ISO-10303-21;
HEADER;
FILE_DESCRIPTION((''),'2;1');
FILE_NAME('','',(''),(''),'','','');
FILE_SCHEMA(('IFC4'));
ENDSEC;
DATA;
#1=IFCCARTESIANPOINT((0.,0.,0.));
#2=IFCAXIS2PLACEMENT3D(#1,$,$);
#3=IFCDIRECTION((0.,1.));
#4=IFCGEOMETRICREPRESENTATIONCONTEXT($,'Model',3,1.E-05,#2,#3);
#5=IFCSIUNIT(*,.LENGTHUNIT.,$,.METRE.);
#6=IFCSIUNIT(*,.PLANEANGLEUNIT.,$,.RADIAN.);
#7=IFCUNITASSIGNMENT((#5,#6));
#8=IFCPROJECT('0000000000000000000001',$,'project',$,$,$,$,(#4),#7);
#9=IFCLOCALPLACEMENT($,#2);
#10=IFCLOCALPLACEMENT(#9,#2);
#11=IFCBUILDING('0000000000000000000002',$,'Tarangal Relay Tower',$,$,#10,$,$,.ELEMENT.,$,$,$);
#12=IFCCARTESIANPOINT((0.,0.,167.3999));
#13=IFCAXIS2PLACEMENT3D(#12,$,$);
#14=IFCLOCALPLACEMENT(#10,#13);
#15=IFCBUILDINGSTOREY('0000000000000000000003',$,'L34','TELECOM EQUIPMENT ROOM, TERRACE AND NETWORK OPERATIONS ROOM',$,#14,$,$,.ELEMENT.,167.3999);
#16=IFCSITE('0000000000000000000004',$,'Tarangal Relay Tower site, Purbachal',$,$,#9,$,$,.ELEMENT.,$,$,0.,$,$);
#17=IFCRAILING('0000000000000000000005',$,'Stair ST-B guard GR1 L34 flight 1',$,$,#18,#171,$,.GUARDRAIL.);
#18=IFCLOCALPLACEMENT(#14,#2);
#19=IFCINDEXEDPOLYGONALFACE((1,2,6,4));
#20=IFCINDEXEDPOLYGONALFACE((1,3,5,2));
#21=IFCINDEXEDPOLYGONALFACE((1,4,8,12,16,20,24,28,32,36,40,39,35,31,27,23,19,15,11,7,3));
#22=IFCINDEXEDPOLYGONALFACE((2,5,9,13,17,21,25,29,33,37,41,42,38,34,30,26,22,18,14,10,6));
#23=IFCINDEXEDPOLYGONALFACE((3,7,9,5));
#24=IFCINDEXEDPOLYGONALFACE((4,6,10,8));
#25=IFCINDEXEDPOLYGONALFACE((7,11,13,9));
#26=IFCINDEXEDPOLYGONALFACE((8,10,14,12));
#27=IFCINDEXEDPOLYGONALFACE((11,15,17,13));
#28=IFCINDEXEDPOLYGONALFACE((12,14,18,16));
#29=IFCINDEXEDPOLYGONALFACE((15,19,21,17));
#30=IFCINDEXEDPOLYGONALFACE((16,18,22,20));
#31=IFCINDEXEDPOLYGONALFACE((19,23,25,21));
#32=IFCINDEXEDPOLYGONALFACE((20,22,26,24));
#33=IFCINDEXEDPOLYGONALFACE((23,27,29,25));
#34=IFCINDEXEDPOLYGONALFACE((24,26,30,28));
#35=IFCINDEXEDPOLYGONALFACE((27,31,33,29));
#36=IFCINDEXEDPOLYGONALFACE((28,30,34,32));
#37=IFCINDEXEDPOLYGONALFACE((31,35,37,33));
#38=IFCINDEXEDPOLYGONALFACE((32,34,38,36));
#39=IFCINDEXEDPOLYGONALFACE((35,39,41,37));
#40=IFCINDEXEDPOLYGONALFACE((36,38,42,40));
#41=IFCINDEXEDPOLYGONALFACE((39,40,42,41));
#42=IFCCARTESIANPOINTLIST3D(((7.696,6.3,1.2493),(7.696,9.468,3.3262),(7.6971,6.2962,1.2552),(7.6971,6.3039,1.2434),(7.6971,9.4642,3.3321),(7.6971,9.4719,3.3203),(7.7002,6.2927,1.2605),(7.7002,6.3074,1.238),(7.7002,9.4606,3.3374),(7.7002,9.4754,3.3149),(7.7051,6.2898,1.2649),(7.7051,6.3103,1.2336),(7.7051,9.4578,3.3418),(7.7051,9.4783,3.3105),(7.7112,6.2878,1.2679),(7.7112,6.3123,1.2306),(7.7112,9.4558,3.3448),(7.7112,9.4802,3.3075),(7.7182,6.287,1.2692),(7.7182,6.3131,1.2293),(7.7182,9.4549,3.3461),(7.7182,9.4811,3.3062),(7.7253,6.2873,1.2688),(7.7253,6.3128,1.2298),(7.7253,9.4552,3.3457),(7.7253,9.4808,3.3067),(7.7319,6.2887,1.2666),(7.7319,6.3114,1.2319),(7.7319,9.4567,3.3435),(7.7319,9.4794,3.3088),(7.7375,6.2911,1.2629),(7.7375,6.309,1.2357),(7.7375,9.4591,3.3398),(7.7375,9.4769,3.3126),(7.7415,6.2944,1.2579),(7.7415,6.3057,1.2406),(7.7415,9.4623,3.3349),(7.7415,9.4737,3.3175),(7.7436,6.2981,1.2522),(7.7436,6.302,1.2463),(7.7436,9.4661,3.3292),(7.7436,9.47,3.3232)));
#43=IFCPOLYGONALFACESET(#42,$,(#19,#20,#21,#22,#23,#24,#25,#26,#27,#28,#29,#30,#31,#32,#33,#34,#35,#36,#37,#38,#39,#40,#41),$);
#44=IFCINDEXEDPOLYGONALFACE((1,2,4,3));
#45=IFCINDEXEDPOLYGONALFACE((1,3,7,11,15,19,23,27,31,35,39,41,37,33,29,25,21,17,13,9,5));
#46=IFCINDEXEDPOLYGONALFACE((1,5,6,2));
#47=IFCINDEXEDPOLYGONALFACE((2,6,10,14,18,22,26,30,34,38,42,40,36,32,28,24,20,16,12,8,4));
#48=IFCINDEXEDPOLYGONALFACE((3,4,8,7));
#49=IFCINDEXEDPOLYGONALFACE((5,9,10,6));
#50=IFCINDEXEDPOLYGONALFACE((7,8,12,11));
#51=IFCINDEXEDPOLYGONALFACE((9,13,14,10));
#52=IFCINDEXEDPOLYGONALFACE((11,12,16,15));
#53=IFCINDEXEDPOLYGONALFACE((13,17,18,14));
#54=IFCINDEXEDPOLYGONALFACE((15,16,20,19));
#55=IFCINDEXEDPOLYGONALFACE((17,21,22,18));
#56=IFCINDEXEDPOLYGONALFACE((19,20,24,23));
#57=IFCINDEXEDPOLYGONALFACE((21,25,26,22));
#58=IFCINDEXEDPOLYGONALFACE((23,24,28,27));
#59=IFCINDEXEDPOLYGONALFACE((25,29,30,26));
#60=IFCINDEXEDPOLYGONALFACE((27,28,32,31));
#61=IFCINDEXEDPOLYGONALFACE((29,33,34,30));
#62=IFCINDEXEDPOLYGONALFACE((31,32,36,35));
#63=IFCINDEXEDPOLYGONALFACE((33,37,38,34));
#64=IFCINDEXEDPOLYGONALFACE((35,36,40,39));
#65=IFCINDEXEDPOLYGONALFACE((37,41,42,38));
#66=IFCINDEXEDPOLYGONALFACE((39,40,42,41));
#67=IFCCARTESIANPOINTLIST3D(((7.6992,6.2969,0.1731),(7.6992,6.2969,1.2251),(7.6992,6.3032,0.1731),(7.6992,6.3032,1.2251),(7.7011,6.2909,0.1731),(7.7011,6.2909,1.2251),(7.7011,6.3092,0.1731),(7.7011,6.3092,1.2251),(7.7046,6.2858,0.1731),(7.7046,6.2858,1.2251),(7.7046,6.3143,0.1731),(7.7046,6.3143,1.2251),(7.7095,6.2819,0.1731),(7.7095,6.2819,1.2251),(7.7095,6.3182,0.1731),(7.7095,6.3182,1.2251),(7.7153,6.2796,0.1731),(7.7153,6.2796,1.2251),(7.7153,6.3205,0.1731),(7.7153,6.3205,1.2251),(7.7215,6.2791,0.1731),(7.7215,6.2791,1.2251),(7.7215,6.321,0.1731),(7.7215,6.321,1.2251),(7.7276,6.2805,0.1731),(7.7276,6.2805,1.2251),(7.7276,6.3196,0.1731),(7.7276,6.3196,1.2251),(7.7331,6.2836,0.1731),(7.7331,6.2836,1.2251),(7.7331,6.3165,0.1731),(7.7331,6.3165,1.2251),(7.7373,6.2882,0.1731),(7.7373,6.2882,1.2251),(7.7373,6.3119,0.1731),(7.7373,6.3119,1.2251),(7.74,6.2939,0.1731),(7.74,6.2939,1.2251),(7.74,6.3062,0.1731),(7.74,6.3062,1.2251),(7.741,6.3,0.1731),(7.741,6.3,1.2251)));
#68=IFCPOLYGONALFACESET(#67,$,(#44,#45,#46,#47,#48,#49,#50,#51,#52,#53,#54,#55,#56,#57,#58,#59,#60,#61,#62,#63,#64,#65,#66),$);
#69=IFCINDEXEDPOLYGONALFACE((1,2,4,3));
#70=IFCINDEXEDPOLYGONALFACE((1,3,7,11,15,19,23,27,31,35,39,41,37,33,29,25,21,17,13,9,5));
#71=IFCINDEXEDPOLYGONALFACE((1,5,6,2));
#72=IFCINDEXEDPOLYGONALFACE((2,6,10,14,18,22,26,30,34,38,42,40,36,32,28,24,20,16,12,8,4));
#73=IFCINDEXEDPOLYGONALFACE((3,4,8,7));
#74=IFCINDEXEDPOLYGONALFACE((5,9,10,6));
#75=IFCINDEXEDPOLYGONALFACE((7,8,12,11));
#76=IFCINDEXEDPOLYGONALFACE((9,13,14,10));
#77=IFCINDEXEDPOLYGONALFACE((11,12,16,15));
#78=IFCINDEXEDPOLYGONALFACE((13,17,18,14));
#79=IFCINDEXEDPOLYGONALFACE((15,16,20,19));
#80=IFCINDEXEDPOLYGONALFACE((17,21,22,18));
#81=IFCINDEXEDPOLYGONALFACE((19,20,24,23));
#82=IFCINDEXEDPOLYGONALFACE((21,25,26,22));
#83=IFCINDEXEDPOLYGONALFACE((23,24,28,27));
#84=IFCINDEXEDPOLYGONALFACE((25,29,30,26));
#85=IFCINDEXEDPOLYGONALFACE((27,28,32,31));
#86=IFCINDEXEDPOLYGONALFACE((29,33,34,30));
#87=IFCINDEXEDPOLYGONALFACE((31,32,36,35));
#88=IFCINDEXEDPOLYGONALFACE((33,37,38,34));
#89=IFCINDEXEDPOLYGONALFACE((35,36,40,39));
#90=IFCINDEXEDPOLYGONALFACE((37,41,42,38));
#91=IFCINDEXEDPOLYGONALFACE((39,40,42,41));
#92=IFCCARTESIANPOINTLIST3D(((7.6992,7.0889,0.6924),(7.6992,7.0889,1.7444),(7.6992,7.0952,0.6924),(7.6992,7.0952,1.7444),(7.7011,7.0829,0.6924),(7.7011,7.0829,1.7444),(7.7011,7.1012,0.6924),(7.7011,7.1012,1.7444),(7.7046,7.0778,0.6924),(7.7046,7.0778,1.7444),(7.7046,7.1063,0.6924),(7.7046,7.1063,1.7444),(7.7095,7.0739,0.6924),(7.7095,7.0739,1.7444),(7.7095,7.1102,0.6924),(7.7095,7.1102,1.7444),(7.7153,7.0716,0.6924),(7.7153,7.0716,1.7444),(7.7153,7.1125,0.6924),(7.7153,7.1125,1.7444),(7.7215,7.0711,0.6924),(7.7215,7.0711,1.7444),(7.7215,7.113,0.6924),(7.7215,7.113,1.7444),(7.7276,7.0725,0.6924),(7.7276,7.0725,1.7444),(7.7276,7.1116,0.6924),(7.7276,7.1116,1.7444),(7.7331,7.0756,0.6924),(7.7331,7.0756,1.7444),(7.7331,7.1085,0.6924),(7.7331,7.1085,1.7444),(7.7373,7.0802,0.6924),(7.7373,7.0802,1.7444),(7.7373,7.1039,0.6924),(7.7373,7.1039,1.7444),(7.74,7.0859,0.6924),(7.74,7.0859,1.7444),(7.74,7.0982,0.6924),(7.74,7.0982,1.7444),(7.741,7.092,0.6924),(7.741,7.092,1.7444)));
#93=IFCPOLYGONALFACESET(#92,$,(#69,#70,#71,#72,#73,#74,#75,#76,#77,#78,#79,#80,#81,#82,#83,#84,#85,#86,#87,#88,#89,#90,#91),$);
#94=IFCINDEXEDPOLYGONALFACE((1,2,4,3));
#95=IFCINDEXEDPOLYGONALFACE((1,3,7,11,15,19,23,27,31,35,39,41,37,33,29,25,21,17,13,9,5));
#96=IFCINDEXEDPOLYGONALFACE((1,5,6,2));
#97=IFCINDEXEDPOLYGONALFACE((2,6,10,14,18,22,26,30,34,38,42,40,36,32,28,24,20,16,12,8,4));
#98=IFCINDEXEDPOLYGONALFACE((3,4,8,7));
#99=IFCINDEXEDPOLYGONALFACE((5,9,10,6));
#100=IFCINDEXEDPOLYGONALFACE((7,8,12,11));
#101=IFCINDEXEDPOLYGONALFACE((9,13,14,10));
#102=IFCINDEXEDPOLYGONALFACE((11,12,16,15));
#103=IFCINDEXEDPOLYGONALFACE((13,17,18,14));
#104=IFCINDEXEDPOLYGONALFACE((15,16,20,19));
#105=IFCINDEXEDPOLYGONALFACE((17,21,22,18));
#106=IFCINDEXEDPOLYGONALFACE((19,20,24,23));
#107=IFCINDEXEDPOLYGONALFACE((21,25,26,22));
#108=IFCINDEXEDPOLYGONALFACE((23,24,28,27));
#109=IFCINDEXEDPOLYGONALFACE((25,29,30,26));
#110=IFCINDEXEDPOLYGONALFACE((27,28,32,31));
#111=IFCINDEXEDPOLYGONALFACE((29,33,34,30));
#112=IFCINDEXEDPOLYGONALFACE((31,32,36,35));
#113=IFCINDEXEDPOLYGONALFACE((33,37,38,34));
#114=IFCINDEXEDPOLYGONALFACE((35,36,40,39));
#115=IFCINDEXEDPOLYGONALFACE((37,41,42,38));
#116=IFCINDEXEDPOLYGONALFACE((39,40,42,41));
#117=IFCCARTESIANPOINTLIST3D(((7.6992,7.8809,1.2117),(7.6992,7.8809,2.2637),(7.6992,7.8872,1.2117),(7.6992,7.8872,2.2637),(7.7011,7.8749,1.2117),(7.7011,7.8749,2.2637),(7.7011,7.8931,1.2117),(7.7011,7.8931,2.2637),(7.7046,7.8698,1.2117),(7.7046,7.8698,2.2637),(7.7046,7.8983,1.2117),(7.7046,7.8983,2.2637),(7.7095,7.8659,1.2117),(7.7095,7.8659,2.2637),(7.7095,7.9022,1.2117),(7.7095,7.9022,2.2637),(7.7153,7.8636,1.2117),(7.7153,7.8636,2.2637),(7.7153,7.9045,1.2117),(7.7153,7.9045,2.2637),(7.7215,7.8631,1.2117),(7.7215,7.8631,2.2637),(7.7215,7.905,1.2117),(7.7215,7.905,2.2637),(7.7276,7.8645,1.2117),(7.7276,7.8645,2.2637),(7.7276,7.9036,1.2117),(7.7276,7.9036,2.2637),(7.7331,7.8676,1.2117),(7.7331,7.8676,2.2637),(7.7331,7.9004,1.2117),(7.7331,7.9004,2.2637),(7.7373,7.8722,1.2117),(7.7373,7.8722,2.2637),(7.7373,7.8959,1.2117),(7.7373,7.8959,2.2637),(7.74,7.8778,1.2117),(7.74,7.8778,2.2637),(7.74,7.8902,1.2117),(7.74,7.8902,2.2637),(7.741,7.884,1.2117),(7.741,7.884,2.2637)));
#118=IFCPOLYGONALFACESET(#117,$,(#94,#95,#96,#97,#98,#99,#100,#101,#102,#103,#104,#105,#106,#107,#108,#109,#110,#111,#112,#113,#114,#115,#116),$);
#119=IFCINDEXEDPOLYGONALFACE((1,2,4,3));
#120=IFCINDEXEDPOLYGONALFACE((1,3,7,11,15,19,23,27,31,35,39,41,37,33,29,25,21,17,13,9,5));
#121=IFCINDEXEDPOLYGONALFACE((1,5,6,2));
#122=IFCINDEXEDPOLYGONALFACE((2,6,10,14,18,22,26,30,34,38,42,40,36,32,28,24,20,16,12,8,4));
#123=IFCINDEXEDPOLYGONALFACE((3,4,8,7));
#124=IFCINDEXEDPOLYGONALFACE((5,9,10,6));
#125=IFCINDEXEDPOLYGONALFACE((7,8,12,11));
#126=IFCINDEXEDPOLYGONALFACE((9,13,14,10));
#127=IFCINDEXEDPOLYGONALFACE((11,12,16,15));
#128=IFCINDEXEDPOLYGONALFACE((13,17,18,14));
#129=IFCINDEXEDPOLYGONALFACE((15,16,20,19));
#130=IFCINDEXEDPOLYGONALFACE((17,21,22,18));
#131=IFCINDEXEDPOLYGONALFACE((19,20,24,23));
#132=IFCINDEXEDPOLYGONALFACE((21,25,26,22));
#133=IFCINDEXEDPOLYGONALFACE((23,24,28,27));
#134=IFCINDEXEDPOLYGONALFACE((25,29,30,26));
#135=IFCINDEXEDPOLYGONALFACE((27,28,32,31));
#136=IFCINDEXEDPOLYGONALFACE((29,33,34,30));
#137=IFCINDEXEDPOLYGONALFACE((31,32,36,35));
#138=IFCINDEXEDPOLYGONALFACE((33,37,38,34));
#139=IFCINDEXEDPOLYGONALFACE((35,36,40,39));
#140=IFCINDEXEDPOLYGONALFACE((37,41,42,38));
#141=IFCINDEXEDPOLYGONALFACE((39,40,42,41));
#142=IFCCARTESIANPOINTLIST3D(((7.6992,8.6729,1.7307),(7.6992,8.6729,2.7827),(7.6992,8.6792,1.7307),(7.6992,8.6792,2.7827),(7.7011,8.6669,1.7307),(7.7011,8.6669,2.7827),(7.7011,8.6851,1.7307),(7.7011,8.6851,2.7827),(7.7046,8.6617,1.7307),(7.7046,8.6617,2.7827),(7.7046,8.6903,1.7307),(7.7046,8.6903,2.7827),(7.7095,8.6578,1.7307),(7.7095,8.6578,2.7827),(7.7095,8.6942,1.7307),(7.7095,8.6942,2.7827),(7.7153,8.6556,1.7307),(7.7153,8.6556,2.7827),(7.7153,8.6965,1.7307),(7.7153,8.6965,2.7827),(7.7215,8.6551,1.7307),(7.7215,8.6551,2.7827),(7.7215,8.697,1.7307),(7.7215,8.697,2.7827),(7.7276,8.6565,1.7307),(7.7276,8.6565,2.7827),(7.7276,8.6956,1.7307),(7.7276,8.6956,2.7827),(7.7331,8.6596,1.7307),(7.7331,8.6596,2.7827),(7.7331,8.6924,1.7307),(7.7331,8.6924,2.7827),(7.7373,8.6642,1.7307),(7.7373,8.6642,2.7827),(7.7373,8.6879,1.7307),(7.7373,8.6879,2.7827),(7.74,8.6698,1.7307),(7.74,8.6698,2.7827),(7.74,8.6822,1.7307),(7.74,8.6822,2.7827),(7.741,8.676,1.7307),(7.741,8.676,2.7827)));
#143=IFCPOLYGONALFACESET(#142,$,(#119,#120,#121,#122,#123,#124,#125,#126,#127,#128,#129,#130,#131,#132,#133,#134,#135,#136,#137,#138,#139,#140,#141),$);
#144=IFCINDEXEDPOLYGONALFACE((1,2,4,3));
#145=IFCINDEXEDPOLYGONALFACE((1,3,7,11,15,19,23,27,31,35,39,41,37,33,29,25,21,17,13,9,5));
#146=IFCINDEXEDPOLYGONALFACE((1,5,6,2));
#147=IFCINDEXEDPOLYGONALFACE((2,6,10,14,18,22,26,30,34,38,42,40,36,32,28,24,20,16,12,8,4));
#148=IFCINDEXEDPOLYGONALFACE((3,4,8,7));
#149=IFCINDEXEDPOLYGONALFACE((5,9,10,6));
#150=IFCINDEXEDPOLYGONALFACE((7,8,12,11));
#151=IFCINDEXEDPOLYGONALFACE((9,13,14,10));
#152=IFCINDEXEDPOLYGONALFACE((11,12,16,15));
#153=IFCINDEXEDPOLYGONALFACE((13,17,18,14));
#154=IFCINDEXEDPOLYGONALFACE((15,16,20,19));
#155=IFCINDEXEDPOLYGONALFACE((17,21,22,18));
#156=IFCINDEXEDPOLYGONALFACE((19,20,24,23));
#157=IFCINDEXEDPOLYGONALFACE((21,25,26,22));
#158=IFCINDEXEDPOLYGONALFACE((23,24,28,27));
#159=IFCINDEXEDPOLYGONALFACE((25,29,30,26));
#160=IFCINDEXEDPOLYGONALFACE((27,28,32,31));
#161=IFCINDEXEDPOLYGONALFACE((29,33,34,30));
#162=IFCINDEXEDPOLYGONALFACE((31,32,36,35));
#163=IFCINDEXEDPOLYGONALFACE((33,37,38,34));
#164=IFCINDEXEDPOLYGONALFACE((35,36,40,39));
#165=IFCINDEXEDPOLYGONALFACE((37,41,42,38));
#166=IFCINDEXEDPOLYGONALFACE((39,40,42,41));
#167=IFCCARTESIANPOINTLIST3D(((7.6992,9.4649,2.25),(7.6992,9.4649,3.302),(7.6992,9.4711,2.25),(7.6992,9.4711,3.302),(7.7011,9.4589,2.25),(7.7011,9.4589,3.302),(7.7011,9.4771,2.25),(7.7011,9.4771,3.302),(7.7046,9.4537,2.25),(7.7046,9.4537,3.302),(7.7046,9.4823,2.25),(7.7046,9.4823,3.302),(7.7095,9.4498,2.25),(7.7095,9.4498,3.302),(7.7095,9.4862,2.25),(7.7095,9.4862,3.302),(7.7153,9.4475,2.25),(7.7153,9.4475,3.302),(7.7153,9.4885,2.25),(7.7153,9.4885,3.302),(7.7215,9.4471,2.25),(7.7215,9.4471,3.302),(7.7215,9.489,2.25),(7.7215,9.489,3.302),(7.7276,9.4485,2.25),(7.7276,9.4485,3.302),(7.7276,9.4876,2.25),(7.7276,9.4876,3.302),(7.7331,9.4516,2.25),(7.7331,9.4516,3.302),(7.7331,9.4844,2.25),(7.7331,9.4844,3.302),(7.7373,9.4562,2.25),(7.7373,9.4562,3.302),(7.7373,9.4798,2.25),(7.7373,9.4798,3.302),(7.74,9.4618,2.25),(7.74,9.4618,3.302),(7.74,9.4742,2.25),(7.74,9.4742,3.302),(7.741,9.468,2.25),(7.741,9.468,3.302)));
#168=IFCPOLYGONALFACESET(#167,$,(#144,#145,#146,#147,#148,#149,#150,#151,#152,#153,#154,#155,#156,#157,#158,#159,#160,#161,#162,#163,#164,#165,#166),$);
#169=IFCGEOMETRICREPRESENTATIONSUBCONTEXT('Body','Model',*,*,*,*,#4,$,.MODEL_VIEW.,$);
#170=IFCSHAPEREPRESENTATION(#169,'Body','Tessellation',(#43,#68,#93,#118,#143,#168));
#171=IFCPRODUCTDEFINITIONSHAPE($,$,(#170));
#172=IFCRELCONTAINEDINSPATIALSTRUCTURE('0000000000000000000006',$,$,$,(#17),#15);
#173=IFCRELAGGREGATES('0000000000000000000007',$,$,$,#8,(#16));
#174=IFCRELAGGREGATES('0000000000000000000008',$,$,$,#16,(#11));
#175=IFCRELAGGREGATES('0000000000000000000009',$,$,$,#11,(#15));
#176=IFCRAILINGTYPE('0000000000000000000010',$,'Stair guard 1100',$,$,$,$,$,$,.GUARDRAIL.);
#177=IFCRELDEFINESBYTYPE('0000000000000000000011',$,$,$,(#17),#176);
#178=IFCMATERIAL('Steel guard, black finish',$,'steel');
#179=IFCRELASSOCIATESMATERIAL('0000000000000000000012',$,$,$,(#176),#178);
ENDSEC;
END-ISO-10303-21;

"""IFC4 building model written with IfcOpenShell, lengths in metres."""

from ifc_helpers import new_model, si_unit, direction, frame, origin, origin_2d, place, context, subcontext, project, spatial, circle, extrude, material, type_object, element, save


model = new_model("IFC4")

# Units and contexts
model_context = context("Model", 3, precision=1e-05, world=origin(), true_north=direction((0.0, 1.0)))
body_context = subcontext(model_context, "Body", "Model", "MODEL_VIEW")
ifc_project = project(units=[si_unit("LENGTHUNIT", "METRE"), si_unit("PLANEANGLEUNIT", "RADIAN")], contexts=[model_context])

# Site, building, storey
site_placement = place(None, origin())
site = spatial("IfcSite", under=ifc_project, at=site_placement, Name="Tarangal Relay Tower site, Purbachal", CompositionType="ELEMENT", RefElevation=0.0)
building_placement = place(site_placement, origin())
building = spatial("IfcBuilding", under=site, at=building_placement, Name="Tarangal Relay Tower", CompositionType="ELEMENT")
storey_placement = place(building_placement, frame((0.0, 0.0, 167.3999)))
storey = spatial("IfcBuildingStorey", under=building, at=storey_placement, Name="L34", Description="TELECOM EQUIPMENT ROOM, TERRACE AND NETWORK OPERATIONS ROOM", CompositionType="ELEMENT", Elevation=167.3999)

# Railing
ifc_material_1 = material(Name="Steel guard, black finish", Category="steel")
railing_type_1 = type_object("IfcRailingType", Name="Stair guard 1100", PredefinedType="GUARDRAIL", material=ifc_material_1)
railing_1_placement = place(storey_placement, frame((7.72, 6.3, 0.1731)))
element("IfcRailing", 1, at=railing_1_placement, inside=storey, type_object=railing_type_1, Name="Stair ST-B guard GR1 L34 flight 1", PredefinedType="GUARDRAIL", context=body_context, shape_type="SweptSolid", body=[
    extrude(circle(Radius=0.0239, at=origin_2d()), frame((0.0, 0.0, 1.0762), z_axis=(0.0, 0.836299, 0.548273), x_axis=(-1.0, 0.0, 0.0)), (0.0, 0.0, 1.0), 3.7881),
    extrude(circle(Radius=0.021, at=origin_2d()), origin(), (0.0, 0.0, 1.0), 1.052),
    extrude(circle(Radius=0.021, at=origin_2d()), frame((0.0, 0.792, 0.5193)), (0.0, 0.0, 1.0), 1.052),
    extrude(circle(Radius=0.021, at=origin_2d()), frame((0.0, 1.584, 1.0386)), (0.0, 0.0, 1.0), 1.052),
    extrude(circle(Radius=0.021, at=origin_2d()), frame((0.0, 2.376, 1.5576)), (0.0, 0.0, 1.0), 1.052),
    extrude(circle(Radius=0.021, at=origin_2d()), frame((0.0, 3.168, 2.0769)), (0.0, 0.0, 1.0), 1.052),
])

save(model, "model.ifc")
